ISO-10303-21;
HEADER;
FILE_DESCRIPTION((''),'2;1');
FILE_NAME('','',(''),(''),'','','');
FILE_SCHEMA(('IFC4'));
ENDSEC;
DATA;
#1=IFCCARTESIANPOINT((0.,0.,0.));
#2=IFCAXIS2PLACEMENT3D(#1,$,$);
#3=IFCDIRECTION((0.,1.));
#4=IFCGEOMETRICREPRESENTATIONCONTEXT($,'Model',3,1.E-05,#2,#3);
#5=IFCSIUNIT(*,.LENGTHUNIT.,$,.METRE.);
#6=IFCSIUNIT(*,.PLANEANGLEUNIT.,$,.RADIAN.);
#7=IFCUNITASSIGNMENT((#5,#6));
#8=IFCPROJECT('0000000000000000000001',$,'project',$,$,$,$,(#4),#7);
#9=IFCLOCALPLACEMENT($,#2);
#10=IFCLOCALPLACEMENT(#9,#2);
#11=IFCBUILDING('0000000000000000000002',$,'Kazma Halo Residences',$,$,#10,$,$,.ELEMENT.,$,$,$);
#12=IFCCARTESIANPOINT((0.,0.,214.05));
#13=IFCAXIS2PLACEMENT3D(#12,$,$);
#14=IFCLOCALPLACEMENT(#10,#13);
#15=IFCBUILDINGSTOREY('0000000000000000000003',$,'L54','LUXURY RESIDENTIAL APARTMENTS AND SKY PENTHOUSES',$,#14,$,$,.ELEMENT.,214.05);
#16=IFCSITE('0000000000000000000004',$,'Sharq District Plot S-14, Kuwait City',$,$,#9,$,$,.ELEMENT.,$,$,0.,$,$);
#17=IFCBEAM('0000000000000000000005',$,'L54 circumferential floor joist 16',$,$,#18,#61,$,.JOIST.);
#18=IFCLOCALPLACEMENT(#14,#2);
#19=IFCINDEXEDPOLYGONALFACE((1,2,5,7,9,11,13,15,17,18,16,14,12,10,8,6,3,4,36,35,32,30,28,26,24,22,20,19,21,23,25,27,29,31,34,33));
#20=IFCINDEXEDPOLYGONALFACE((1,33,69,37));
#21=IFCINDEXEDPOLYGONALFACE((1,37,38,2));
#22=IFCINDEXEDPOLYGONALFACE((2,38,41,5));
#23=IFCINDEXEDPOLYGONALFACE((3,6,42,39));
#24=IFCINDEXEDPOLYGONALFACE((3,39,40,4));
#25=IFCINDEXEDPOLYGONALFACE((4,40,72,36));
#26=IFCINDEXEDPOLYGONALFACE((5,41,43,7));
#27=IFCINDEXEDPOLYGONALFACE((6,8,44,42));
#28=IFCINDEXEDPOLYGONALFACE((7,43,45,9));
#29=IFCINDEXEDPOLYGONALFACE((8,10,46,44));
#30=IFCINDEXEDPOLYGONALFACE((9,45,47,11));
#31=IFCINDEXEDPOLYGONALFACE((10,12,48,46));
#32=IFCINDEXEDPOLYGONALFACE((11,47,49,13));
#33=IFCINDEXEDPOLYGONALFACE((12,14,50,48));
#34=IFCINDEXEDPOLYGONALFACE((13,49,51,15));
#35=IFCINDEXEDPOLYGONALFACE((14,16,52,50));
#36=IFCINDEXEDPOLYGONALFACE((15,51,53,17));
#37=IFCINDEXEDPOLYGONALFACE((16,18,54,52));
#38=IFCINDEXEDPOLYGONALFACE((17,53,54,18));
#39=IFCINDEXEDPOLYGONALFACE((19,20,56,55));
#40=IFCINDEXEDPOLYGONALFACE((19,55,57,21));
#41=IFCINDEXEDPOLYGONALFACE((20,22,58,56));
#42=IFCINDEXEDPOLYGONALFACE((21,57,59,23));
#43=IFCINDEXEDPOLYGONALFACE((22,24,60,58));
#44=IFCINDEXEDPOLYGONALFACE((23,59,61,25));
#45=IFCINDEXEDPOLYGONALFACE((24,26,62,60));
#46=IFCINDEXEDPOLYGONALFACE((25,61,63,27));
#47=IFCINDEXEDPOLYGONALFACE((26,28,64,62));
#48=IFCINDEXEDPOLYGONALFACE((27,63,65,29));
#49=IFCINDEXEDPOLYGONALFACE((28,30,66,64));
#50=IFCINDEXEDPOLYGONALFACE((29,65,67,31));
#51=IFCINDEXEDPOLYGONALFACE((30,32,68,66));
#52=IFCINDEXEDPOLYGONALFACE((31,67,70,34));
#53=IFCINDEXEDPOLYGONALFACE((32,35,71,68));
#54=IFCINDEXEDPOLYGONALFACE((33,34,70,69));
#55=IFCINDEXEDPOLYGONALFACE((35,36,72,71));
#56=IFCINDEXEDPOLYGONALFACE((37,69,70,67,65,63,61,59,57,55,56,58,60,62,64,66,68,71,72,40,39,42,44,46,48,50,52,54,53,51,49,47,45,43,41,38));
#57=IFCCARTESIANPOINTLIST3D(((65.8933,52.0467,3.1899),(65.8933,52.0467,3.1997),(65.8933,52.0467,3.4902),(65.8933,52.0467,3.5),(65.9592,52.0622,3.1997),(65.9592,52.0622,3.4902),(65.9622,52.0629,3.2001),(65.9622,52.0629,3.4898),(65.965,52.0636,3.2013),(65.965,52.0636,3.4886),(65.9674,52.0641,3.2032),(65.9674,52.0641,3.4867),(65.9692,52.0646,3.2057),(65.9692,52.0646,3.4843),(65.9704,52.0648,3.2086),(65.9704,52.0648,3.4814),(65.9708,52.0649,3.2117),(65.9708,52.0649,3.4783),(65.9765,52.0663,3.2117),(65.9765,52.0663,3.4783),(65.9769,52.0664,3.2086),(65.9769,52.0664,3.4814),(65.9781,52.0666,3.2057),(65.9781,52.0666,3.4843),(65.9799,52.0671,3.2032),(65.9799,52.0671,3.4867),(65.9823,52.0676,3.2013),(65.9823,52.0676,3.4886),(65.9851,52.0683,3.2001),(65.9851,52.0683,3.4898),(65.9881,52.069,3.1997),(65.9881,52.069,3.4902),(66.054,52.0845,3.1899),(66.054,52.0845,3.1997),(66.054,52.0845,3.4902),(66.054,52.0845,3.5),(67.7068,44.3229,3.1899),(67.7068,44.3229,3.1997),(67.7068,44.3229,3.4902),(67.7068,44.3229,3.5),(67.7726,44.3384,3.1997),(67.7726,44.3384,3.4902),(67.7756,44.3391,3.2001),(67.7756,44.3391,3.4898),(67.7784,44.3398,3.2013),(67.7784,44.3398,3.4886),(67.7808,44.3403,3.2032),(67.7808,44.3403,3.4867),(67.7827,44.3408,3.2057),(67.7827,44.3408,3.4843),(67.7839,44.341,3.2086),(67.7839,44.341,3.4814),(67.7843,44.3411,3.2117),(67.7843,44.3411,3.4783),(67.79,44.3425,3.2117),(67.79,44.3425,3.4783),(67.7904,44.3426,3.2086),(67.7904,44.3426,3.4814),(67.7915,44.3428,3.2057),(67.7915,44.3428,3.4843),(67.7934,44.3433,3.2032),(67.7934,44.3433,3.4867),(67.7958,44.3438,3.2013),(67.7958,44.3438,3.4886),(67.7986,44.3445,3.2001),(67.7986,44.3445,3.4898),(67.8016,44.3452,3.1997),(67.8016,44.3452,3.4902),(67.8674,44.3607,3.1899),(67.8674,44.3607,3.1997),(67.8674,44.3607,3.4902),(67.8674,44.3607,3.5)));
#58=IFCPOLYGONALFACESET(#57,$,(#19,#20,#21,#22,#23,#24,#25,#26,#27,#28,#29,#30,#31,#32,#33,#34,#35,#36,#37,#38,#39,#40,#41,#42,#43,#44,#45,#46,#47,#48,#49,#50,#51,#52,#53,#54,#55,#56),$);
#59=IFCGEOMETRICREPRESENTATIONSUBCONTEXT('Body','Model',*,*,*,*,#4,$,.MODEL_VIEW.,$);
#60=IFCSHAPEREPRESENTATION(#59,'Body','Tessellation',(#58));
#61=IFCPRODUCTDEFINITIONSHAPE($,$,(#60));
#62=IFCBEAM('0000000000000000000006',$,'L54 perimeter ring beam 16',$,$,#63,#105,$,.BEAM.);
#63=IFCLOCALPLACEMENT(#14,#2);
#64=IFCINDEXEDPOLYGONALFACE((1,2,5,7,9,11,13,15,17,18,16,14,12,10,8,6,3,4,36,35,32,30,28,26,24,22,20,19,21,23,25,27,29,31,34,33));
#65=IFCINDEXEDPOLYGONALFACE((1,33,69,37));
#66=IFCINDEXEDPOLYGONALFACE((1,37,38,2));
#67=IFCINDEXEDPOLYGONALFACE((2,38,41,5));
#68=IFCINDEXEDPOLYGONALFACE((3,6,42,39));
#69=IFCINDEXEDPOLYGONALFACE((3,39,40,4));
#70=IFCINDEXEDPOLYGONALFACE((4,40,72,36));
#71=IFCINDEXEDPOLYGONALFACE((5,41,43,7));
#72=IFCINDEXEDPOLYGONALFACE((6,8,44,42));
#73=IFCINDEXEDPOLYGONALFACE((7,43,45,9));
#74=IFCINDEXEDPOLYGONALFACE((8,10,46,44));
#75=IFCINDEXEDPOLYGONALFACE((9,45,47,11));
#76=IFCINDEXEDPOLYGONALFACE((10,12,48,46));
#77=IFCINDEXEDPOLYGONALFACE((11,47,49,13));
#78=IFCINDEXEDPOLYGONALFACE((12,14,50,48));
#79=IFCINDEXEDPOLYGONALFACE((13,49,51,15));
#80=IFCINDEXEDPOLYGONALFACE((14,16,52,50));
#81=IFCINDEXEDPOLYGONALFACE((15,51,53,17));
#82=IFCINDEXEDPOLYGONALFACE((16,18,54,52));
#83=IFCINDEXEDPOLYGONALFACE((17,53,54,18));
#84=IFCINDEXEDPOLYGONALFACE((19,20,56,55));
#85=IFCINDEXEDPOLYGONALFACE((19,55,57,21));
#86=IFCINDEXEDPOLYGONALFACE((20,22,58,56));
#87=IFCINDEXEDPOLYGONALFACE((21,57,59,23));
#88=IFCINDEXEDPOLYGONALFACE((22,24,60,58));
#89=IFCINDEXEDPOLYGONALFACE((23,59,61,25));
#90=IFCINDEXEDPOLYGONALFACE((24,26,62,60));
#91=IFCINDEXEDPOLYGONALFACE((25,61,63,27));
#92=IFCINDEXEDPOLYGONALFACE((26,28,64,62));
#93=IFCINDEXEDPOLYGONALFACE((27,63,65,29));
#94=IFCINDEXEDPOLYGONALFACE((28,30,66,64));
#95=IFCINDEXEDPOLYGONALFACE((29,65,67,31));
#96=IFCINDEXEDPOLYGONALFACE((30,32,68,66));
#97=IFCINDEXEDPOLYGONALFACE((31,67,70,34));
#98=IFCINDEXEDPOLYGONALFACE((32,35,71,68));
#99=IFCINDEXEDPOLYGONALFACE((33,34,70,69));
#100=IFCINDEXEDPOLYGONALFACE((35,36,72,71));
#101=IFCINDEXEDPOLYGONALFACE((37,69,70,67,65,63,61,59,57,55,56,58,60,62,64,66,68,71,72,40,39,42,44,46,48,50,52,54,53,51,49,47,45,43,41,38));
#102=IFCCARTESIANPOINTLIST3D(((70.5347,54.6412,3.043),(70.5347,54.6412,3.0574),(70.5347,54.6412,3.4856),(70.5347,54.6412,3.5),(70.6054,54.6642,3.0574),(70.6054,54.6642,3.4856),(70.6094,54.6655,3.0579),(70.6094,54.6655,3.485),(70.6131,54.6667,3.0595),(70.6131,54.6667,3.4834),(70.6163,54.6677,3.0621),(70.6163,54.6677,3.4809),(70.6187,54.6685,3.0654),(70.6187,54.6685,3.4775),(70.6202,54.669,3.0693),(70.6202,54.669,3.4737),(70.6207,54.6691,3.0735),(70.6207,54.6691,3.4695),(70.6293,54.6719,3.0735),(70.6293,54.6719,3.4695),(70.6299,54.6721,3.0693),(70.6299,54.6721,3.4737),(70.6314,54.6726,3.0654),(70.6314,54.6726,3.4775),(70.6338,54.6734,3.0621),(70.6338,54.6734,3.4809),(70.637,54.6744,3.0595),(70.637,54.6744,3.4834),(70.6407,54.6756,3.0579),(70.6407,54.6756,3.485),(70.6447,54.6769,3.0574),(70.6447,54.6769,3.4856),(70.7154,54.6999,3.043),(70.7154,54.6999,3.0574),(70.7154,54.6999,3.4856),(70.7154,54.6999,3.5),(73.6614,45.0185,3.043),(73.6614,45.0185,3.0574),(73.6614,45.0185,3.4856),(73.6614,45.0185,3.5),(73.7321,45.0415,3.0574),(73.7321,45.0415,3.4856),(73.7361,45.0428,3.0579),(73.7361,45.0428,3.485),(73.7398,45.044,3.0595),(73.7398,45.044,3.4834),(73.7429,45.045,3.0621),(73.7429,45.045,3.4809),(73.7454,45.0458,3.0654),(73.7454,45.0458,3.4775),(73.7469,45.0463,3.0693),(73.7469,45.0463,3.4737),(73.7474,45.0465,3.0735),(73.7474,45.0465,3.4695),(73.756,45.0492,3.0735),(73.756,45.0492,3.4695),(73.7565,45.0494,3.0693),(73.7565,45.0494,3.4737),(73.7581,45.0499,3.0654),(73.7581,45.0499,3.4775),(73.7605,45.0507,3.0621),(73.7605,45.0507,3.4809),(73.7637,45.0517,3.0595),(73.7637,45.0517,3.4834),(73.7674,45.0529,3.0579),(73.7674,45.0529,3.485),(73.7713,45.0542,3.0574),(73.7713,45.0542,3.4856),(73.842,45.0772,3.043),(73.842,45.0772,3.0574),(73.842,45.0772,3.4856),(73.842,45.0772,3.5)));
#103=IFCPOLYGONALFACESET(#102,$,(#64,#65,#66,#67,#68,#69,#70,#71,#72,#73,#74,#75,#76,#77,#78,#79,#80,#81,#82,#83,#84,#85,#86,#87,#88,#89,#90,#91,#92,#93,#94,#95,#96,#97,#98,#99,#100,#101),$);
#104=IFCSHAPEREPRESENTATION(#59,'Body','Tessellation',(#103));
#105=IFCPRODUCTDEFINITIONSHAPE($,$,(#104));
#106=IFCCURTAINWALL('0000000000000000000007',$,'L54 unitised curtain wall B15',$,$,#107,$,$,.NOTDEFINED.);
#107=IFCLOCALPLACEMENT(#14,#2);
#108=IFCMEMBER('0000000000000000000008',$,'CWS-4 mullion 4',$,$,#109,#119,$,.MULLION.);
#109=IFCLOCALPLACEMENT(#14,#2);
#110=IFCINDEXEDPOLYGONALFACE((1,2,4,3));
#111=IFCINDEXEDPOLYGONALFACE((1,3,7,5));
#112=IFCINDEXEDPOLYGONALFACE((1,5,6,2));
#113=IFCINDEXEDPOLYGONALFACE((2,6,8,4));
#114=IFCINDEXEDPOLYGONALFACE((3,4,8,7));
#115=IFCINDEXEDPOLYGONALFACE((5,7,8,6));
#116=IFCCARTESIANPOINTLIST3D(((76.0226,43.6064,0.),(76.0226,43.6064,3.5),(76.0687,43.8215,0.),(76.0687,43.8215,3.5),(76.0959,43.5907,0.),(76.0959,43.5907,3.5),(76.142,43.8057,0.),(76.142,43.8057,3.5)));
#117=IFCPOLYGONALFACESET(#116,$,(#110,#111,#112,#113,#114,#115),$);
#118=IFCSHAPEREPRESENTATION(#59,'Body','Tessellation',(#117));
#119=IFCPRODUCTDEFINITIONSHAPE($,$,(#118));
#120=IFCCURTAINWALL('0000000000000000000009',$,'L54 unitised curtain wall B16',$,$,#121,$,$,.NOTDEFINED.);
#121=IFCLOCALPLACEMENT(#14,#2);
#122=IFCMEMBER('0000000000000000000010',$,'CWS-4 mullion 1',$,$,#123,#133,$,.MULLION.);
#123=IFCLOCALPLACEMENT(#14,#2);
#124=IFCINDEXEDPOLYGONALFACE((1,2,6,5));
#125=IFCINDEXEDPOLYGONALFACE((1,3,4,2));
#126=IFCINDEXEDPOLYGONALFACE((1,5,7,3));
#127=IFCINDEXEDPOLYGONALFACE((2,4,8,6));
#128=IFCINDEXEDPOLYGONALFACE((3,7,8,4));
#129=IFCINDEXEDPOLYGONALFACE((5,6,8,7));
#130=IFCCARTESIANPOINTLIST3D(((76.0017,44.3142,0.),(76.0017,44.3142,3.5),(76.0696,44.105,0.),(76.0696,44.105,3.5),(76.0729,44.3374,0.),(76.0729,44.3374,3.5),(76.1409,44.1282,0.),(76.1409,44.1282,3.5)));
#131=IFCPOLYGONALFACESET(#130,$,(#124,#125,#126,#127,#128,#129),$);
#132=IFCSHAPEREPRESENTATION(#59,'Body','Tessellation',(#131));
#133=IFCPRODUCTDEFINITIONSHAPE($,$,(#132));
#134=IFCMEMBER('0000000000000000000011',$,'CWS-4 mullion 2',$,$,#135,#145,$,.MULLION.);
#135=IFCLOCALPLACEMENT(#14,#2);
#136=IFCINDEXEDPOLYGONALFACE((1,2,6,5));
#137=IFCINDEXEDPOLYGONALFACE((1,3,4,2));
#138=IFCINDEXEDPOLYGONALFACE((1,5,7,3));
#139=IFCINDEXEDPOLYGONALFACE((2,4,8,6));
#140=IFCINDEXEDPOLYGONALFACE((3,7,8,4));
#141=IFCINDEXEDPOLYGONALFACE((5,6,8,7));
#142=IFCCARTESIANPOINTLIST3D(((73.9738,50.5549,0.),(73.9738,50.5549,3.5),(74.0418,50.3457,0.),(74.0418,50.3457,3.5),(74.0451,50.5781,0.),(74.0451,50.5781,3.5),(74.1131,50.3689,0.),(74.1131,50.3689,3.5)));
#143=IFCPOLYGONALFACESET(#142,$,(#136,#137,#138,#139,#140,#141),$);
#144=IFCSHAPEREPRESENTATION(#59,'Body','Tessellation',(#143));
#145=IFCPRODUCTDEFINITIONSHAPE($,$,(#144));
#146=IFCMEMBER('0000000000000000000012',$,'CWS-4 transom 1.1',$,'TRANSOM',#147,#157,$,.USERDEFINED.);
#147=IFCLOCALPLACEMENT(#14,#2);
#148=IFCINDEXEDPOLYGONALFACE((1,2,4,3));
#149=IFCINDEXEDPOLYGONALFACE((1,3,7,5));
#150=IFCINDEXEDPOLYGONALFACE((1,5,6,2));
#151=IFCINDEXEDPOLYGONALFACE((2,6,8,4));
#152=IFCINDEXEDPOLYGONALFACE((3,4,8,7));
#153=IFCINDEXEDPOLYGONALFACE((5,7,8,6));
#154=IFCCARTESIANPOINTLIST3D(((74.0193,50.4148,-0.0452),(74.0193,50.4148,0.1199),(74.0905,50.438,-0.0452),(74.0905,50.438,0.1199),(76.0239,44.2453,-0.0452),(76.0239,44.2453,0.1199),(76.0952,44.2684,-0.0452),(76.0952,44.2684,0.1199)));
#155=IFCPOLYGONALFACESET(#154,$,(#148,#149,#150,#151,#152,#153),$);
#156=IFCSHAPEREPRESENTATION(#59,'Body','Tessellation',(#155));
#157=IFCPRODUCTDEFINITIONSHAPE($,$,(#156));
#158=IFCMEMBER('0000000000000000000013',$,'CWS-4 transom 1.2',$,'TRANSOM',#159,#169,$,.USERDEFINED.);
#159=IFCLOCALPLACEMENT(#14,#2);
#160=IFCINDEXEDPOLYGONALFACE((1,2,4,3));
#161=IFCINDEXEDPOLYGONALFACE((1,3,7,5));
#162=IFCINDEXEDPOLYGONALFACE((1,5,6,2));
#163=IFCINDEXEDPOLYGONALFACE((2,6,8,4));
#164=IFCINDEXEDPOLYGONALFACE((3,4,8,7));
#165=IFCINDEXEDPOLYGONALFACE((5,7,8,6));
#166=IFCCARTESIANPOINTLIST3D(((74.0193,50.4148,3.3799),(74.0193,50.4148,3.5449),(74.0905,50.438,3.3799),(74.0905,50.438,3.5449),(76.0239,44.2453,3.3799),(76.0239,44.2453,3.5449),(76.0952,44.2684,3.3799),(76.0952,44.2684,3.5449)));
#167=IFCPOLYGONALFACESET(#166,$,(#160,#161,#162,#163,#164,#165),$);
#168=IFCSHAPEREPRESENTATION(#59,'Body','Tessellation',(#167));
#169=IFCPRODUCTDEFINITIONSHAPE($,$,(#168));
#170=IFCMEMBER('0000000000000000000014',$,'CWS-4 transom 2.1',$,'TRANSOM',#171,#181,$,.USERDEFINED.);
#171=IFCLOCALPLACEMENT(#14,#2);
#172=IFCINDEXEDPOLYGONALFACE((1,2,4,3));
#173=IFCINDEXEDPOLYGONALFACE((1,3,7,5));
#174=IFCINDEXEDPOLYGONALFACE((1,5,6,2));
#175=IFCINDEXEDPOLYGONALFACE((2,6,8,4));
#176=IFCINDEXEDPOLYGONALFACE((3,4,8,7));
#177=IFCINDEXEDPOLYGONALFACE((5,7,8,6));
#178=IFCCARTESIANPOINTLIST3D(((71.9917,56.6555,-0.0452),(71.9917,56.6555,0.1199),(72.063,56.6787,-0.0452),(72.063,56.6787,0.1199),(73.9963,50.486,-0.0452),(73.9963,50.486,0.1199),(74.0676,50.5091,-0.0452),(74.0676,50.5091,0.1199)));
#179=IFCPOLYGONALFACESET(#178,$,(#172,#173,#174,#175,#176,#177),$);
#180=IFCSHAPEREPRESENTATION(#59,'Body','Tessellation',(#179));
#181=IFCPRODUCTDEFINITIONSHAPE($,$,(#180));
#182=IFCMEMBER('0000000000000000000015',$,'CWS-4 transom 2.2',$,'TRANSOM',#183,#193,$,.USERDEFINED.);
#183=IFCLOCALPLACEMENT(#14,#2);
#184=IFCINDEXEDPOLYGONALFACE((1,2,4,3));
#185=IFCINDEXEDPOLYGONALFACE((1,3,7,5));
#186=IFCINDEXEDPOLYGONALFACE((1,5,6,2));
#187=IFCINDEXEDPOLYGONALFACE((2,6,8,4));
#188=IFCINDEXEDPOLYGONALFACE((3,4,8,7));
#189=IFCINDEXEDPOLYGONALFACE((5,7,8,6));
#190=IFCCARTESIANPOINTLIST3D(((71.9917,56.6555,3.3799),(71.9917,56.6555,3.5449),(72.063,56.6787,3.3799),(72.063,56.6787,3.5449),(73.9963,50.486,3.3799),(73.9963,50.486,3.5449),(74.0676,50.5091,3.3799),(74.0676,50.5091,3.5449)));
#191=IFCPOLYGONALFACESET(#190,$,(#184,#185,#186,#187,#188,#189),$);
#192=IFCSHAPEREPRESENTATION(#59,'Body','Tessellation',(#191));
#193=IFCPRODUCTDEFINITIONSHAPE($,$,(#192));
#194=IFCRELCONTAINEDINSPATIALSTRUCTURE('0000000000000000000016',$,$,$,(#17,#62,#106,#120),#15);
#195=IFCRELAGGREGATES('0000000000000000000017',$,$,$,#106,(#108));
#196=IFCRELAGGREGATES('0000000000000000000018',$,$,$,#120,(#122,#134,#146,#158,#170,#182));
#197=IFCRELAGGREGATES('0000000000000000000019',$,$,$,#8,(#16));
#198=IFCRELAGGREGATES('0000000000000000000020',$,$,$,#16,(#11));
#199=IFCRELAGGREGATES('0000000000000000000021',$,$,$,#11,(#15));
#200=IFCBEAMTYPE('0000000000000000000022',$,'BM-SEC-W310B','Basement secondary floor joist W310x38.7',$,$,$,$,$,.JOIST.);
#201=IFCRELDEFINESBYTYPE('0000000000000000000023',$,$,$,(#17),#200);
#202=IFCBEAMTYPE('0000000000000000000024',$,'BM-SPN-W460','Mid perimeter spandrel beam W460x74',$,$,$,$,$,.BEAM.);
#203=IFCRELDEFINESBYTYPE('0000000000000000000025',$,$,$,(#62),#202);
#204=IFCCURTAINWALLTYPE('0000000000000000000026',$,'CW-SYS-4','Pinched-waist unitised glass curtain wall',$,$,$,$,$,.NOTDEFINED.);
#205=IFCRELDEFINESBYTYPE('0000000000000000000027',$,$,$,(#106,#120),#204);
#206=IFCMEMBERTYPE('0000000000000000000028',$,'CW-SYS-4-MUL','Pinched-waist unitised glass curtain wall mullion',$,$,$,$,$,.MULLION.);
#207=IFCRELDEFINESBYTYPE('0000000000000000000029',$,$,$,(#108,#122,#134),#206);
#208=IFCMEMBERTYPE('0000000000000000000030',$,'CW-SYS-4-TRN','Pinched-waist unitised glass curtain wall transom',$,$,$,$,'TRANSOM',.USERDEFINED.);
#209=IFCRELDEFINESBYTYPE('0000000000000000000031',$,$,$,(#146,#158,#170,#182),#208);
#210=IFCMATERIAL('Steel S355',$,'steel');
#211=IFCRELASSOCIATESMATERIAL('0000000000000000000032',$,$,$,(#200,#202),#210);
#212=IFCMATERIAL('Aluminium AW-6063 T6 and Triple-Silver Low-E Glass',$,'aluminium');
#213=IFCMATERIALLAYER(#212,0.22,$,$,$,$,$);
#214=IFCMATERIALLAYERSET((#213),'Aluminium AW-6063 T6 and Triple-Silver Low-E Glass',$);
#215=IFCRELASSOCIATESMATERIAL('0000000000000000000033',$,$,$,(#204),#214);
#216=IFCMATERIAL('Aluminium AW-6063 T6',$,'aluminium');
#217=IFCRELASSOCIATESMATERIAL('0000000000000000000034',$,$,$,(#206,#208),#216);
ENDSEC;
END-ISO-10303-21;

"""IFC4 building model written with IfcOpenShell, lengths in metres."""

from ifc_helpers import new_model, si_unit, direction, frame, origin, origin_2d, place, context, subcontext, project, spatial, rectangle, i_section, extrude, material, layer, layer_set, material_profile, profile_set, type_object, element, aggregate, save


model = new_model("IFC4")

# Units and contexts
model_context = context("Model", 3, precision=1e-05, world=origin(), true_north=direction((0.0, 1.0)))
body_context = subcontext(model_context, "Body", "Model", "MODEL_VIEW")
ifc_project = project(units=[si_unit("LENGTHUNIT", "METRE"), si_unit("PLANEANGLEUNIT", "RADIAN")], contexts=[model_context])

# Site, building, storey
site_placement = place(None, origin())
site = spatial("IfcSite", under=ifc_project, at=site_placement, Name="Sharq District Plot S-14, Kuwait City", CompositionType="ELEMENT", RefElevation=0.0)
building_placement = place(site_placement, origin())
building = spatial("IfcBuilding", under=site, at=building_placement, Name="Kazma Halo Residences", CompositionType="ELEMENT")
storey_placement = place(building_placement, frame((0.0, 0.0, 214.05)))
storey = spatial("IfcBuildingStorey", under=building, at=storey_placement, Name="L54", Description="LUXURY RESIDENTIAL APARTMENTS AND SKY PENTHOUSES", CompositionType="ELEMENT", Elevation=214.05)

# Beams
ifc_material_1 = material(Name="Steel S355", Category="steel")
ifc_material_profile_1 = material_profile(ifc_material_1, i_section(OverallWidth=0.165, OverallDepth=0.3101, WebThickness=0.0059, FlangeThickness=0.0098, FilletRadius=0.012, at=origin_2d()), Name="W310x38.7")
ifc_profile_set_1 = profile_set([ifc_material_profile_1], Name="Steel S355")
beam_type_1 = type_object("IfcBeamType", Name="BM-SEC-W310B", Description="Basement secondary floor joist W310x38.7", PredefinedType="JOIST", material=ifc_profile_set_1)
beam_1_placement = place(storey_placement, frame((67.7871, 44.3418, 3.345), z_axis=(-0.228573, 0.973527, 0.0), x_axis=(-0.973527, -0.228573, 0.0)))
element("IfcBeam", 1, at=beam_1_placement, inside=storey, type_object=beam_type_1, Name="L54 circumferential floor joist 16", PredefinedType="JOIST", context=body_context, shape_type="SweptSolid", body=[
    extrude(i_section(OverallWidth=0.165, OverallDepth=0.3101, WebThickness=0.0059, FlangeThickness=0.0098, FilletRadius=0.012, at=origin_2d()), origin(), (0.0, 0.0, 1.0), 7.9338),
])
ifc_material_profile_2 = material_profile(ifc_material_1, i_section(OverallWidth=0.1899, OverallDepth=0.457, WebThickness=0.009, FlangeThickness=0.0144, FilletRadius=0.0161, at=origin_2d()), Name="W460x74")
ifc_profile_set_2 = profile_set([ifc_material_profile_2], Name="Steel S355")
beam_type_2 = type_object("IfcBeamType", Name="BM-SPN-W460", Description="Mid perimeter spandrel beam W460x74", PredefinedType="BEAM", material=ifc_profile_set_2)
beam_2_placement = place(storey_placement, frame((73.7517, 45.0479, 3.2715), z_axis=(-0.309023, 0.951054, 0.0), x_axis=(-0.951054, -0.309023, 0.0)))
element("IfcBeam", 2, at=beam_2_placement, inside=storey, type_object=beam_type_2, Name="L54 perimeter ring beam 16", PredefinedType="BEAM", context=body_context, shape_type="SweptSolid", body=[
    extrude(i_section(OverallWidth=0.1899, OverallDepth=0.457, WebThickness=0.009, FlangeThickness=0.0144, FilletRadius=0.0161, at=origin_2d()), origin(), (0.0, 0.0, 1.0), 10.1179),
])

# Curtain wall, member
ifc_material_2 = material(Name="Aluminium AW-6063 T6 and Triple-Silver Low-E Glass", Category="aluminium")
ifc_layer_1 = layer(ifc_material_2, 0.22)
ifc_layer_set_1 = layer_set([ifc_layer_1], Name="Aluminium AW-6063 T6 and Triple-Silver Low-E Glass")
curtain_wall_type = type_object("IfcCurtainWallType", Name="CW-SYS-4", Description="Pinched-waist unitised glass curtain wall", PredefinedType="NOTDEFINED", material=ifc_layer_set_1)
curtain_wall_1_placement = place(storey_placement, origin())
curtain_wall_1 = element("IfcCurtainWall", 3, at=curtain_wall_1_placement, inside=storey, type_object=curtain_wall_type, Name="L54 unitised curtain wall B15", PredefinedType="NOTDEFINED")
ifc_material_3 = material(Name="Aluminium AW-6063 T6", Category="aluminium")
ifc_material_profile_3 = material_profile(ifc_material_3, rectangle(XDim=0.075, YDim=0.22, at=origin_2d()), Name="CWM-75x220")
ifc_profile_set_3 = profile_set([ifc_material_profile_3], Name="Aluminium AW-6063 T6")
member_type_1 = type_object("IfcMemberType", Name="CW-SYS-4-MUL", Description="Pinched-waist unitised glass curtain wall mullion", PredefinedType="MULLION", material=ifc_profile_set_3)
member_1_placement = place(storey_placement, frame((76.0823, 43.7061, 0.0), z_axis=(0.0, 0.0, 1.0), x_axis=(-0.977768, 0.20969, 0.0)))
member_1 = element("IfcMember", 4, at=member_1_placement, type_object=member_type_1, Name="CWS-4 mullion 4", PredefinedType="MULLION", context=body_context, shape_type="SweptSolid", body=[
    extrude(rectangle(XDim=0.075, YDim=0.22, at=origin_2d()), origin(), (0.0, 0.0, 1.0), 3.5),
])
aggregate(curtain_wall_1, [member_1])

# Curtain wall, members
curtain_wall_2_placement = place(storey_placement, origin())
curtain_wall_2 = element("IfcCurtainWall", 5, at=curtain_wall_2_placement, inside=storey, type_object=curtain_wall_type, Name="L54 unitised curtain wall B16", PredefinedType="NOTDEFINED")
member_2_placement = place(storey_placement, frame((76.0713, 44.2212, 0.0), z_axis=(0.0, 0.0, 1.0), x_axis=(-0.951057, -0.309016, 0.0)))
member_2 = element("IfcMember", 6, at=member_2_placement, type_object=member_type_1, Name="CWS-4 mullion 1", PredefinedType="MULLION", context=body_context, shape_type="SweptSolid", body=[
    extrude(rectangle(XDim=0.075, YDim=0.22, at=origin_2d()), origin(), (0.0, 0.0, 1.0), 3.5),
])
member_3_placement = place(storey_placement, frame((74.0435, 50.4619, 0.0), z_axis=(0.0, 0.0, 1.0), x_axis=(-0.951057, -0.309016, 0.0)))
member_3 = element("IfcMember", 7, at=member_3_placement, type_object=member_type_1, Name="CWS-4 mullion 2", PredefinedType="MULLION", context=body_context, shape_type="SweptSolid", body=[
    extrude(rectangle(XDim=0.075, YDim=0.22, at=origin_2d()), origin(), (0.0, 0.0, 1.0), 3.5),
])
ifc_material_profile_4 = material_profile(ifc_material_3, rectangle(XDim=0.075, YDim=0.165, at=origin_2d()), Name="CWT-75x165")
ifc_profile_set_4 = profile_set([ifc_material_profile_4], Name="Aluminium AW-6063 T6")
member_type_2 = type_object("IfcMemberType", Name="CW-SYS-4-TRN", Description="Pinched-waist unitised glass curtain wall transom", ElementType="TRANSOM", PredefinedType="USERDEFINED", material=ifc_profile_set_4)
member_4_placement = place(storey_placement, frame((76.0596, 44.2568, 0.0374), z_axis=(-0.309027, 0.951053, 0.0), x_axis=(-0.951053, -0.309027, 0.0)))
member_4 = element("IfcMember", 8, at=member_4_placement, type_object=member_type_2, Name="CWS-4 transom 1.1", ObjectType="TRANSOM", PredefinedType="USERDEFINED", context=body_context, shape_type="SweptSolid", body=[
    extrude(rectangle(XDim=0.075, YDim=0.165, at=origin_2d()), origin(), (0.0, 0.0, 1.0), 6.4871),
])
member_5_placement = place(storey_placement, frame((76.0596, 44.2568, 3.4624), z_axis=(-0.309027, 0.951053, 0.0), x_axis=(-0.951053, -0.309027, 0.0)))
member_5 = element("IfcMember", 9, at=member_5_placement, type_object=member_type_2, Name="CWS-4 transom 1.2", ObjectType="TRANSOM", PredefinedType="USERDEFINED", context=body_context, shape_type="SweptSolid", body=[
    extrude(rectangle(XDim=0.075, YDim=0.165, at=origin_2d()), origin(), (0.0, 0.0, 1.0), 6.4871),
])
member_6_placement = place(storey_placement, frame((74.032, 50.4976, 0.0374), z_axis=(-0.309015, 0.951057, 0.0), x_axis=(-0.951057, -0.309015, 0.0)))
member_6 = element("IfcMember", 10, at=member_6_placement, type_object=member_type_2, Name="CWS-4 transom 2.1", ObjectType="TRANSOM", PredefinedType="USERDEFINED", context=body_context, shape_type="SweptSolid", body=[
    extrude(rectangle(XDim=0.075, YDim=0.165, at=origin_2d()), origin(), (0.0, 0.0, 1.0), 6.4871),
])
member_7_placement = place(storey_placement, frame((74.032, 50.4976, 3.4624), z_axis=(-0.309015, 0.951057, 0.0), x_axis=(-0.951057, -0.309015, 0.0)))
member_7 = element("IfcMember", 11, at=member_7_placement, type_object=member_type_2, Name="CWS-4 transom 2.2", ObjectType="TRANSOM", PredefinedType="USERDEFINED", context=body_context, shape_type="SweptSolid", body=[
    extrude(rectangle(XDim=0.075, YDim=0.165, at=origin_2d()), origin(), (0.0, 0.0, 1.0), 6.4871),
])
aggregate(curtain_wall_2, [member_2, member_3, member_4, member_5, member_6, member_7])

save(model, "model.ifc")
